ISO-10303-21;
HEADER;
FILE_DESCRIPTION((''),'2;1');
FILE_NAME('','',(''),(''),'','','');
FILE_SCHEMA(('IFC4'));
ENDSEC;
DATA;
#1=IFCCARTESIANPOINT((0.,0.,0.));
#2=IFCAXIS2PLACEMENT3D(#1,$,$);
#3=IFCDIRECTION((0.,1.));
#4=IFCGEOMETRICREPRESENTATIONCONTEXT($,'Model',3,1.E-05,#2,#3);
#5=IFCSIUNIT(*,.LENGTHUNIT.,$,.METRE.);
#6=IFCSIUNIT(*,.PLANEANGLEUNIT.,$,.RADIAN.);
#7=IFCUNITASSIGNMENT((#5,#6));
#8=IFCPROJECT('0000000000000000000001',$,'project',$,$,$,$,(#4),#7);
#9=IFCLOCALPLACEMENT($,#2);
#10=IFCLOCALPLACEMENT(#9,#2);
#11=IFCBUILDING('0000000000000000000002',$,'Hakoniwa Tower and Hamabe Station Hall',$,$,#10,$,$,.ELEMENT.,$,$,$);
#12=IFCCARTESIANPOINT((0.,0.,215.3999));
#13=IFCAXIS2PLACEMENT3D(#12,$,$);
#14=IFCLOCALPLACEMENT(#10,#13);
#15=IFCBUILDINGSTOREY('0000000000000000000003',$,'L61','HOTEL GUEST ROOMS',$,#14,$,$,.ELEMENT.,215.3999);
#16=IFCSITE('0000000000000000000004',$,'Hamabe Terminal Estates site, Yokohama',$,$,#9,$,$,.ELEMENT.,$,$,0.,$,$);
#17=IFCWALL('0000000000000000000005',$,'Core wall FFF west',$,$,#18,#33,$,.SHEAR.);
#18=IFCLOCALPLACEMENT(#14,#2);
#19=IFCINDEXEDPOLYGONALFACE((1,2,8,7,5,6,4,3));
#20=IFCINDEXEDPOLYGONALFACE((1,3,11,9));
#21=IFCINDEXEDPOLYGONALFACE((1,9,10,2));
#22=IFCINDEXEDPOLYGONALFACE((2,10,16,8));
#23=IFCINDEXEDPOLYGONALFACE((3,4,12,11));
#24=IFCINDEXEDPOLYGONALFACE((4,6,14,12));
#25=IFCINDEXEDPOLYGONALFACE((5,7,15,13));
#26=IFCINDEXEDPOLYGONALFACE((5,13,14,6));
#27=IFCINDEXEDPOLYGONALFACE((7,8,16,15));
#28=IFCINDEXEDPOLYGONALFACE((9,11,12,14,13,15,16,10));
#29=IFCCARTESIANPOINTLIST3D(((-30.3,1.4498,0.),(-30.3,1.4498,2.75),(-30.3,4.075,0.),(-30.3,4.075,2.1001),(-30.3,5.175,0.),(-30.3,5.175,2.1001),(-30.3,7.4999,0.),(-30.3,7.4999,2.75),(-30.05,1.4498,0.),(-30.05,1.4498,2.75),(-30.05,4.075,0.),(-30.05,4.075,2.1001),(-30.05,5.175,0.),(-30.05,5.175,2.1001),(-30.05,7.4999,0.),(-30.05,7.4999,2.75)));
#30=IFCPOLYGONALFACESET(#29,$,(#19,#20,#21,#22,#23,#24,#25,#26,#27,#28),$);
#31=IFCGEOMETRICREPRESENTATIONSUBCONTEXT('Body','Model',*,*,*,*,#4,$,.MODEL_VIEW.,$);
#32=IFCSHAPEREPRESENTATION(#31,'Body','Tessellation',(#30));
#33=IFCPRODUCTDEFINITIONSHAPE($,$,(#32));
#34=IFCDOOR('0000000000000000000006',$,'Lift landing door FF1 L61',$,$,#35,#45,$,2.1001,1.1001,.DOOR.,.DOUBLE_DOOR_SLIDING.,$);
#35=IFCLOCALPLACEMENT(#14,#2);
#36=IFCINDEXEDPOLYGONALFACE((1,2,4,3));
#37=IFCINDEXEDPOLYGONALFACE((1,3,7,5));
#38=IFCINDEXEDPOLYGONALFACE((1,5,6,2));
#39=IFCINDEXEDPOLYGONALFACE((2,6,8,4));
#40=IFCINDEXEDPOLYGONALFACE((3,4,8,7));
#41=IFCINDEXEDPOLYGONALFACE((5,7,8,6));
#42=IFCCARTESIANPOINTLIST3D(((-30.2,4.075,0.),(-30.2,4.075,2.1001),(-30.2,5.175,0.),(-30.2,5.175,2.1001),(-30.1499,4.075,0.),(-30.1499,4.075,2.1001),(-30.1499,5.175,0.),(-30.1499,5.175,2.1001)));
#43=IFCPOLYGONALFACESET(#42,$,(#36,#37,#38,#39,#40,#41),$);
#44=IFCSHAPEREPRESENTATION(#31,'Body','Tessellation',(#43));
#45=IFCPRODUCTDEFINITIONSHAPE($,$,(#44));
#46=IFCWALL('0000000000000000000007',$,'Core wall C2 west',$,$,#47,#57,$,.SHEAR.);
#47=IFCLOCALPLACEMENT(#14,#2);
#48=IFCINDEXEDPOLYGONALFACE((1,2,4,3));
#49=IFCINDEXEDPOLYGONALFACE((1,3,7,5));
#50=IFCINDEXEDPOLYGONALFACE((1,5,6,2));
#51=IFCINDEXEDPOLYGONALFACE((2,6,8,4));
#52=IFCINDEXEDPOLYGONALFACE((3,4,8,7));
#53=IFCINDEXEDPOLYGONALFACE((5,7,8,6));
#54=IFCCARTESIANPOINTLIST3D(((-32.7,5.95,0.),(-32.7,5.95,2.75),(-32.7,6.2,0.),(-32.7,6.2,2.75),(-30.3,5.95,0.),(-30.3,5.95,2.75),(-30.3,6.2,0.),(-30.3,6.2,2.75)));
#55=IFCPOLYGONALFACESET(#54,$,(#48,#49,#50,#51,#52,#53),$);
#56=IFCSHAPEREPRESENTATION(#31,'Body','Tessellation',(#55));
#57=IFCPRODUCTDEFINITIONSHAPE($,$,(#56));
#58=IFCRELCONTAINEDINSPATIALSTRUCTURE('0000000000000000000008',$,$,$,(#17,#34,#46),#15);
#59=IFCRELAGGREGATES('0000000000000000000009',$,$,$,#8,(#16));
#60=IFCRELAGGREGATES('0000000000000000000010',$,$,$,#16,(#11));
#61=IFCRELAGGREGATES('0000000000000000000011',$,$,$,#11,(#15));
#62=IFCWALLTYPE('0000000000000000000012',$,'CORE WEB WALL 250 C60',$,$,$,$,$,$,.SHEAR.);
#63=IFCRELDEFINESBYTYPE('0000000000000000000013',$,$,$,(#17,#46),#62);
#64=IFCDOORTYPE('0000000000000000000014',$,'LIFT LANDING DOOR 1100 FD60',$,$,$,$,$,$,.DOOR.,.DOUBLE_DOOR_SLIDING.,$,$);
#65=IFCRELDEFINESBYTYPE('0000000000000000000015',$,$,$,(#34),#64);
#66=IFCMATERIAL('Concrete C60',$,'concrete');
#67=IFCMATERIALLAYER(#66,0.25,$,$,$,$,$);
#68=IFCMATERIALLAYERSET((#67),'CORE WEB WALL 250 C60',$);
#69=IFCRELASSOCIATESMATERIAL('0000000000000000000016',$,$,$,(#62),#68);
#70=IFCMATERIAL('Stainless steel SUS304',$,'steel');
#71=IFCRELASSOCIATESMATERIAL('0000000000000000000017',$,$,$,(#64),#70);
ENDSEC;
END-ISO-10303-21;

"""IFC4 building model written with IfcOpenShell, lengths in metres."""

from ifc_helpers import new_model, si_unit, direction, frame, frame_2d, origin, place, context, subcontext, project, spatial, rectangle, extrude, material, layer, layer_set, type_object, element, fill, save


model = new_model("IFC4")

# Units and contexts
model_context = context("Model", 3, precision=1e-05, world=origin(), true_north=direction((0.0, 1.0)))
body_context = subcontext(model_context, "Body", "Model", "MODEL_VIEW")
ifc_project = project(units=[si_unit("LENGTHUNIT", "METRE"), si_unit("PLANEANGLEUNIT", "RADIAN")], contexts=[model_context])

# Site, building, storey
site_placement = place(None, origin())
site = spatial("IfcSite", under=ifc_project, at=site_placement, Name="Hamabe Terminal Estates site, Yokohama", CompositionType="ELEMENT", RefElevation=0.0)
building_placement = place(site_placement, origin())
building = spatial("IfcBuilding", under=site, at=building_placement, Name="Hakoniwa Tower and Hamabe Station Hall", CompositionType="ELEMENT")
storey_placement = place(building_placement, frame((0.0, 0.0, 215.3999)))
storey = spatial("IfcBuildingStorey", under=building, at=storey_placement, Name="L61", Description="HOTEL GUEST ROOMS", CompositionType="ELEMENT", Elevation=215.3999)

# Shared definitions
ifc_material_1 = material(Name="Concrete C60", Category="concrete")
ifc_layer_1 = layer(ifc_material_1, 0.25)
ifc_layer_set_1 = layer_set([ifc_layer_1], Name="CORE WEB WALL 250 C60")
wall_type_1 = type_object("IfcWallType", Name="CORE WEB WALL 250 C60", PredefinedType="SHEAR", material=ifc_layer_set_1)

# Wall, opening, door
wall_1_placement = place(storey_placement, frame((-30.175, 1.45, 0.0), z_axis=(0.0, 0.0, 1.0), x_axis=(0.0, 1.0, 0.0)))
wall_1 = element("IfcWall", 1, at=wall_1_placement, inside=storey, type_object=wall_type_1, Name="Core wall FFF west", PredefinedType="SHEAR", context=body_context, shape_type="SweptSolid", body=[
    extrude(rectangle(XDim=6.05, YDim=0.25, at=frame_2d((3.0249, 0.0))), origin(), (0.0, 0.0, 1.0), 2.75),
])
opening_1_placement = place(wall_1_placement, frame((2.625, 0.0, 0.0)))
opening_1 = element("IfcOpeningElement", 2, at=opening_1_placement, cuts=wall_1, PredefinedType="OPENING", context=body_context, shape_type="SweptSolid", body=[
    extrude(rectangle(XDim=1.1001, YDim=2.1001, at=frame_2d((0.55, 1.05))), frame((0.0, 0.135, 0.0), z_axis=(0.0, -1.0, 0.0), x_axis=(1.0, 0.0, 0.0)), (0.0, 0.0, 1.0), 0.27),
])
ifc_material_2 = material(Name="Stainless steel SUS304", Category="steel")
door_type_1 = type_object("IfcDoorType", Name="LIFT LANDING DOOR 1100 FD60", OperationType="DOUBLE_DOOR_SLIDING", PredefinedType="DOOR", material=ifc_material_2)
door_1_placement = place(opening_1_placement, origin())
door_1 = element("IfcDoor", 3, at=door_1_placement, inside=storey, type_object=door_type_1, Name="Lift landing door FF1 L61", OperationType="DOUBLE_DOOR_SLIDING", OverallHeight=2.1001, OverallWidth=1.1001, PredefinedType="DOOR", context=body_context, shape_type="SweptSolid", body=[
    extrude(rectangle(XDim=1.1001, YDim=2.1001, at=frame_2d((0.55, 1.05))), frame((0.0, 0.0249, 0.0), z_axis=(0.0, -1.0, 0.0), x_axis=(1.0, 0.0, 0.0)), (0.0, 0.0, 1.0), 0.05),
])
fill(opening_1, door_1)

# Wall
wall_2_placement = place(storey_placement, frame((-32.7, 6.075, 0.0), z_axis=(0.0, 0.0, 1.0), x_axis=(1.0, 0.0, 0.0)))
element("IfcWall", 4, at=wall_2_placement, inside=storey, type_object=wall_type_1, Name="Core wall C2 west", PredefinedType="SHEAR", context=body_context, shape_type="SweptSolid", body=[
    extrude(rectangle(XDim=2.3999, YDim=0.25, at=frame_2d((1.2, 0.0))), origin(), (0.0, 0.0, 1.0), 2.75),
])

save(model, "model.ifc")
